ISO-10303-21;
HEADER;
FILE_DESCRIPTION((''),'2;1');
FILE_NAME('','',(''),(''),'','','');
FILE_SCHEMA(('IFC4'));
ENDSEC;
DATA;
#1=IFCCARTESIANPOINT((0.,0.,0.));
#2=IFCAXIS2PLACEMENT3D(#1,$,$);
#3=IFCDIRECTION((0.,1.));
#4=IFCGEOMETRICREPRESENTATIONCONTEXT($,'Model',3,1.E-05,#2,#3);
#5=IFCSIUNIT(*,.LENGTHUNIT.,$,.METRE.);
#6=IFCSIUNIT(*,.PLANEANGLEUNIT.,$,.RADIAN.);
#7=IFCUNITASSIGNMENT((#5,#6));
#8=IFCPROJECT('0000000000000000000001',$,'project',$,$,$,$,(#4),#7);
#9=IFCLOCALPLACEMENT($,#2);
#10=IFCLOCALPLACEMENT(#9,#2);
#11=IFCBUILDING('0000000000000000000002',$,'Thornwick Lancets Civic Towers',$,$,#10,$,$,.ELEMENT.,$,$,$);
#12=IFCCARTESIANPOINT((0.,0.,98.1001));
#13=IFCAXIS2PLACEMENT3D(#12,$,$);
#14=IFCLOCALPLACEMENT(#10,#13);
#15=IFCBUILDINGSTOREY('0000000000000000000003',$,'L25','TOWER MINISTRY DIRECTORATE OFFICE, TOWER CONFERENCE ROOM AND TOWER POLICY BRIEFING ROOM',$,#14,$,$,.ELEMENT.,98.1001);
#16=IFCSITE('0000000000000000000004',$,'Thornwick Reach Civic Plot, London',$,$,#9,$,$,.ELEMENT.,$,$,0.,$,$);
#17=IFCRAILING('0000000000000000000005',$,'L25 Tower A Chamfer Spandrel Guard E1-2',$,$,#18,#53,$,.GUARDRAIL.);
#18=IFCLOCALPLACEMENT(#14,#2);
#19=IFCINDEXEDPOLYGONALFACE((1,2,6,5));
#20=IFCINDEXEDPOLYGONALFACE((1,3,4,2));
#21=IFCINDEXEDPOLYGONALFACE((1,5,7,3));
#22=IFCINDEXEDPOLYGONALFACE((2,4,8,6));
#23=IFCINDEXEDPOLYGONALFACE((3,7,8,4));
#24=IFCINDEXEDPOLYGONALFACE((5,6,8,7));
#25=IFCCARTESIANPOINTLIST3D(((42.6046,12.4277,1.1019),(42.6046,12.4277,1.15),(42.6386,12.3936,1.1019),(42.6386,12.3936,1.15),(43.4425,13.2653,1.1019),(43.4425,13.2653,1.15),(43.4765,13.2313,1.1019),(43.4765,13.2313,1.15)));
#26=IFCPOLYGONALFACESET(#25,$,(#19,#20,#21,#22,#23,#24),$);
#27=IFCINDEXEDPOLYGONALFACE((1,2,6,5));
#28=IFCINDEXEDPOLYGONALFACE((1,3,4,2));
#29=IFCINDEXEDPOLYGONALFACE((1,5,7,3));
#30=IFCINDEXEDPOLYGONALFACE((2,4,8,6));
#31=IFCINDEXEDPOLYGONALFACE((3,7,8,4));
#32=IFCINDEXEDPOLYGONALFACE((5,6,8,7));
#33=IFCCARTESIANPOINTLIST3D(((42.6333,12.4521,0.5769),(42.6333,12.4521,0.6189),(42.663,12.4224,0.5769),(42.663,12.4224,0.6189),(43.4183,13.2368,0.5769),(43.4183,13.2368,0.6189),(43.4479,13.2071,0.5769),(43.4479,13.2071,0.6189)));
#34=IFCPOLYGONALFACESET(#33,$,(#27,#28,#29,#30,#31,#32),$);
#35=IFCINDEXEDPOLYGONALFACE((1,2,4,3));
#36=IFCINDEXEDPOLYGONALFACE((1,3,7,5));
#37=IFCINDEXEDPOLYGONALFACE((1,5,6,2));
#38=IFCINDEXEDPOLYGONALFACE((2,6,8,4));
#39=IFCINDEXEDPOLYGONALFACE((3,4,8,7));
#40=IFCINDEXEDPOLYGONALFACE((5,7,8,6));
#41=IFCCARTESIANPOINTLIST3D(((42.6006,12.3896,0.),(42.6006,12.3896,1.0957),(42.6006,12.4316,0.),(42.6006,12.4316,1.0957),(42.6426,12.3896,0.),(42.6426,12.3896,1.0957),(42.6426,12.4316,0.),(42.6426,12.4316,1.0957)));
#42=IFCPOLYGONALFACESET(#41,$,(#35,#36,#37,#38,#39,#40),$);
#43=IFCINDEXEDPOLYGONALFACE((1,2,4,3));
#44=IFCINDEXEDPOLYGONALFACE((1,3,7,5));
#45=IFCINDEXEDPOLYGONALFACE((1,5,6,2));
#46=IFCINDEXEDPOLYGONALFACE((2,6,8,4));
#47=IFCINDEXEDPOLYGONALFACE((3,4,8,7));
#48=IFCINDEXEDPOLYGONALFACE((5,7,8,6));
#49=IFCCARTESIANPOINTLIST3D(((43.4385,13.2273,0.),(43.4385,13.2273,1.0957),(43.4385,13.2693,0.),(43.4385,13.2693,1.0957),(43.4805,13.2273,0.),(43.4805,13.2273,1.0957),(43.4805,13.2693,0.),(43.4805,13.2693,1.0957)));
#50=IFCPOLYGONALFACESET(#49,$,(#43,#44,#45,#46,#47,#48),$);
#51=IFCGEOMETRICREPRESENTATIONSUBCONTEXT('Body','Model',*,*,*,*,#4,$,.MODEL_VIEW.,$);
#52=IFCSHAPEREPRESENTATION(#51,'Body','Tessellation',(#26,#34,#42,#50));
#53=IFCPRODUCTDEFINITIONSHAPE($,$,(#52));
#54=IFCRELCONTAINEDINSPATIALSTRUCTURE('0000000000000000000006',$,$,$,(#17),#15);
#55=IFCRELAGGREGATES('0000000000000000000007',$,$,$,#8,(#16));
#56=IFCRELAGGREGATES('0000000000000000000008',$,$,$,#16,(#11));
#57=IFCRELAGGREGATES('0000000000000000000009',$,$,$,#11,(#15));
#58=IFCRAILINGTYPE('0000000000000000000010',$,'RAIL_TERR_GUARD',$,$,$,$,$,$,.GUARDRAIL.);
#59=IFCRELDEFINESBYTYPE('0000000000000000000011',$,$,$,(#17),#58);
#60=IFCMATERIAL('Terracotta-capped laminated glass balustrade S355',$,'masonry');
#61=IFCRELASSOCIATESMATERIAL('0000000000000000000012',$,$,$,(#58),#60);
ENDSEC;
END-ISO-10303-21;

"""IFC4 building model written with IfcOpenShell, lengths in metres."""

from ifc_helpers import new_model, si_unit, direction, frame, origin, origin_2d, place, context, subcontext, project, spatial, rectangle, extrude, material, type_object, element, save


model = new_model("IFC4")

# Units and contexts
model_context = context("Model", 3, precision=1e-05, world=origin(), true_north=direction((0.0, 1.0)))
body_context = subcontext(model_context, "Body", "Model", "MODEL_VIEW")
ifc_project = project(units=[si_unit("LENGTHUNIT", "METRE"), si_unit("PLANEANGLEUNIT", "RADIAN")], contexts=[model_context])

# Site, building, storey
site_placement = place(None, origin())
site = spatial("IfcSite", under=ifc_project, at=site_placement, Name="Thornwick Reach Civic Plot, London", CompositionType="ELEMENT", RefElevation=0.0)
building_placement = place(site_placement, origin())
building = spatial("IfcBuilding", under=site, at=building_placement, Name="Thornwick Lancets Civic Towers", CompositionType="ELEMENT")
storey_placement = place(building_placement, frame((0.0, 0.0, 98.1001)))
storey = spatial("IfcBuildingStorey", under=building, at=storey_placement, Name="L25", Description="TOWER MINISTRY DIRECTORATE OFFICE, TOWER CONFERENCE ROOM AND TOWER POLICY BRIEFING ROOM", CompositionType="ELEMENT", Elevation=98.1001)

# Railing
ifc_material_1 = material(Name="Terracotta-capped laminated glass balustrade S355", Category="masonry")
railing_type = type_object("IfcRailingType", Name="RAIL_TERR_GUARD", PredefinedType="GUARDRAIL", material=ifc_material_1)
railing_1_placement = place(storey_placement, frame((42.6216, 12.4106, 0.0)))
element("IfcRailing", 1, at=railing_1_placement, inside=storey, type_object=railing_type, Name="L25 Tower A Chamfer Spandrel Guard E1-2", PredefinedType="GUARDRAIL", context=body_context, shape_type="SweptSolid", body=[
    extrude(rectangle(XDim=0.0481, YDim=0.0481, at=origin_2d()), frame((0.0, 0.0, 1.126), z_axis=(0.70721, 0.707004, 0.0), x_axis=(-0.707004, 0.70721, 0.0)), (0.0, 0.0, 1.0), 1.1848),
    extrude(rectangle(XDim=0.042, YDim=0.042, at=origin_2d()), frame((0.0266, 0.0266, 0.5979), z_axis=(0.70721, 0.707004, 0.0), x_axis=(-0.707004, 0.70721, 0.0)), (0.0, 0.0, 1.0), 1.1099),
    extrude(rectangle(XDim=0.042, YDim=0.042, at=origin_2d()), origin(), (0.0, 0.0, 1.0), 1.0957),
    extrude(rectangle(XDim=0.042, YDim=0.042, at=origin_2d()), frame((0.8379, 0.8376, 0.0)), (0.0, 0.0, 1.0), 1.0957),
])

save(model, "model.ifc")
